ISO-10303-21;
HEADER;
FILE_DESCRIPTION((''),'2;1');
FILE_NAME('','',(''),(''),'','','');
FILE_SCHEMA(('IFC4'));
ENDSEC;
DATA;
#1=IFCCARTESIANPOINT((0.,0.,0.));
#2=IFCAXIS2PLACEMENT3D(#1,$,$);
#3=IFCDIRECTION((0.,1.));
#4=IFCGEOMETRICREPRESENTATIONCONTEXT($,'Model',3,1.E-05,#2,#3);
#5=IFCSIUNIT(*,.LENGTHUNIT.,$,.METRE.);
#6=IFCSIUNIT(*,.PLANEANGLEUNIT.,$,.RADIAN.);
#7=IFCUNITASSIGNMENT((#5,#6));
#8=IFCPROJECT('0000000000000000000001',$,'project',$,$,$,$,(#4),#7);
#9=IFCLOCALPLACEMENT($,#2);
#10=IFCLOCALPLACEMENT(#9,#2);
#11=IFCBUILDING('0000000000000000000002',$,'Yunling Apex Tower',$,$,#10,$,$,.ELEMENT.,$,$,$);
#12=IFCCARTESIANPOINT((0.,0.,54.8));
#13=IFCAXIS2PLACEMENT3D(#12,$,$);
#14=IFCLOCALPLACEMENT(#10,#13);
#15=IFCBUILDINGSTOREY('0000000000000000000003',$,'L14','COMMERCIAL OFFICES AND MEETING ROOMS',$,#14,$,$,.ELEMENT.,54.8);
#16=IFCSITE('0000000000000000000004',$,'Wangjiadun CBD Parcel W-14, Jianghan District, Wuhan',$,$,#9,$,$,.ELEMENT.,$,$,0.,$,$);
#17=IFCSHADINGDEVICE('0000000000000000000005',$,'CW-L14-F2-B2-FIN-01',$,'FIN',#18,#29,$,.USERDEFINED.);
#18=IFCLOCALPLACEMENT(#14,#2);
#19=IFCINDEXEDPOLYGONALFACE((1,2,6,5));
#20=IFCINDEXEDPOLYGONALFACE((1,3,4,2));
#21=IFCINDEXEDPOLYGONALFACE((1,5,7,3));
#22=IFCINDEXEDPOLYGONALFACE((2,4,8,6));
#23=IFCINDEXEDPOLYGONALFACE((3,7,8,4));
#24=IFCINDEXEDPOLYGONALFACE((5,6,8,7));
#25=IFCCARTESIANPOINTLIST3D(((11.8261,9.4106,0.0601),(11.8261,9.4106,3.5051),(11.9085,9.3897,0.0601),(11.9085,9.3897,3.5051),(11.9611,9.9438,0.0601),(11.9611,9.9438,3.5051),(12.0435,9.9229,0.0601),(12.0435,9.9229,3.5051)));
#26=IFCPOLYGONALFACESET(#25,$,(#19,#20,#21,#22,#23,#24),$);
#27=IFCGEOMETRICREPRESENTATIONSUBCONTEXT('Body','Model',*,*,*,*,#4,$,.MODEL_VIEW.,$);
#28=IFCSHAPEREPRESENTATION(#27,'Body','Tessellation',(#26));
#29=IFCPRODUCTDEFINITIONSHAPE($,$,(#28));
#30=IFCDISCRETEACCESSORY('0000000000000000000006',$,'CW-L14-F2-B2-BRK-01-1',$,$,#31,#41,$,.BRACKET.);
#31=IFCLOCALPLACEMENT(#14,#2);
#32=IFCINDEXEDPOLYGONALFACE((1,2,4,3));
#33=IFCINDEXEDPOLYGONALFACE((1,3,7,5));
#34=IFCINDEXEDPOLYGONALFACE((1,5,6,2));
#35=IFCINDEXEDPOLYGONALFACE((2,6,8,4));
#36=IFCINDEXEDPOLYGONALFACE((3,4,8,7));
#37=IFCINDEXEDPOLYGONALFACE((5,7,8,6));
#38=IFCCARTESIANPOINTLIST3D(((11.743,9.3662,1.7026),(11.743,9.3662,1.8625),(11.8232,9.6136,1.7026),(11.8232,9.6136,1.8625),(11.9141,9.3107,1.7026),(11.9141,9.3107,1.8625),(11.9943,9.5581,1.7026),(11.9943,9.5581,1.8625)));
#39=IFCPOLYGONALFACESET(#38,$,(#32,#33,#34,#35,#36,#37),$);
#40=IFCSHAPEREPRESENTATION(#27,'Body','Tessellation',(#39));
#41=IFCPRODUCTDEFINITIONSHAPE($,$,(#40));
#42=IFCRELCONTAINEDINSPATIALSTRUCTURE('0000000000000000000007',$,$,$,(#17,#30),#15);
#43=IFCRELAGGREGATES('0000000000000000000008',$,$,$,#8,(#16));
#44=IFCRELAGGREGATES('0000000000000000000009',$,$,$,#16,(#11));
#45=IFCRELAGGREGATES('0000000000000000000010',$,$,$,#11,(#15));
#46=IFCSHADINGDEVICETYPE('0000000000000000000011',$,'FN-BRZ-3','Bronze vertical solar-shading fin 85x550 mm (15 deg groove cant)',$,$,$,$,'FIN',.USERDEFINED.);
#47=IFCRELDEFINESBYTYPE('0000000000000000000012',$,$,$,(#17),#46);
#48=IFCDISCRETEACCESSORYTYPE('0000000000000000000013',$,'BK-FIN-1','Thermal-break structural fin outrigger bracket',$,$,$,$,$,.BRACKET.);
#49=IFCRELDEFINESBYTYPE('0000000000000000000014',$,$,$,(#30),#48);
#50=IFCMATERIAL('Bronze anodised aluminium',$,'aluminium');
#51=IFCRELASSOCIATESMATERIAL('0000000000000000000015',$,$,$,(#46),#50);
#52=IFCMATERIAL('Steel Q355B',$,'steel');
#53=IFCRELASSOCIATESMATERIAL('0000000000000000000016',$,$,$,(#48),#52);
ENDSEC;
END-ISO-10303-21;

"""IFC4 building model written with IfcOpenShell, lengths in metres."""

from ifc_helpers import new_model, si_unit, direction, frame, origin, origin_2d, place, context, subcontext, project, spatial, rectangle, extrude, source, transform, mapped, material, material_profile, profile_set, type_object, element, save


model = new_model("IFC4")

# Units and contexts
model_context = context("Model", 3, precision=1e-05, world=origin(), true_north=direction((0.0, 1.0)))
body_context = subcontext(model_context, "Body", "Model", "MODEL_VIEW")
ifc_project = project(units=[si_unit("LENGTHUNIT", "METRE"), si_unit("PLANEANGLEUNIT", "RADIAN")], contexts=[model_context])

# Site, building, storey
site_placement = place(None, origin())
site = spatial("IfcSite", under=ifc_project, at=site_placement, Name="Wangjiadun CBD Parcel W-14, Jianghan District, Wuhan", CompositionType="ELEMENT", RefElevation=0.0)
building_placement = place(site_placement, origin())
building = spatial("IfcBuilding", under=site, at=building_placement, Name="Yunling Apex Tower", CompositionType="ELEMENT")
storey_placement = place(building_placement, frame((0.0, 0.0, 54.8)))
storey = spatial("IfcBuildingStorey", under=building, at=storey_placement, Name="L14", Description="COMMERCIAL OFFICES AND MEETING ROOMS", CompositionType="ELEMENT", Elevation=54.8)

# Shared definitions
ifc_material_1 = material(Name="Steel Q355B", Category="steel")

# Shared definitions
ifc_material_2 = material(Name="Bronze anodised aluminium", Category="aluminium")

# Shading device
ifc_material_profile_1 = material_profile(ifc_material_2, rectangle(XDim=0.085, YDim=0.55, at=origin_2d()))
ifc_profile_set_1 = profile_set([ifc_material_profile_1], Name="Bronze anodised aluminium")
shading_device_type = type_object("IfcShadingDeviceType", Name="FN-BRZ-3", Description="Bronze vertical solar-shading fin 85x550 mm (15 deg groove cant)", ElementType="FIN", PredefinedType="USERDEFINED", material=ifc_profile_set_1)
shared_shape_1 = source(origin(), body_context, "Body", "SweptSolid", [
    extrude(rectangle(XDim=0.085, YDim=0.55, at=origin_2d()), origin(), (0.0, 0.0, 1.0), 3.4451),
])
shading_device_placement = place(storey_placement, frame((11.9348, 9.6667, 0.0601), z_axis=(0.0, 0.0, 1.0), x_axis=(-0.969403, 0.245477, 0.0)))
element("IfcShadingDevice", 1, at=shading_device_placement, inside=storey, type_object=shading_device_type, Name="CW-L14-F2-B2-FIN-01", ObjectType="FIN", PredefinedType="USERDEFINED", context=body_context, shape_type="MappedRepresentation", body=[
    mapped(shared_shape_1, transform((0.0, 0.0, 0.0), scale=1.0)),
])

# Discrete accessory
discrete_accessory_type = type_object("IfcDiscreteAccessoryType", Name="BK-FIN-1", Description="Thermal-break structural fin outrigger bracket", PredefinedType="BRACKET", material=ifc_material_1)
shared_shape_2 = source(origin(), body_context, "Body", "SweptSolid", [
    extrude(rectangle(XDim=0.1799, YDim=0.26, at=origin_2d()), origin(), (0.0, 0.0, 1.0), 0.1599),
])
discrete_accessory_placement = place(storey_placement, frame((11.8687, 9.4622, 1.7026), z_axis=(0.0, 0.0, 1.0), x_axis=(-0.951272, 0.308353, 0.0)))
element("IfcDiscreteAccessory", 2, at=discrete_accessory_placement, inside=storey, type_object=discrete_accessory_type, Name="CW-L14-F2-B2-BRK-01-1", PredefinedType="BRACKET", context=body_context, shape_type="MappedRepresentation", body=[
    mapped(shared_shape_2, transform((0.0, 0.0, 0.0), scale=1.0)),
])

save(model, "model.ifc")
